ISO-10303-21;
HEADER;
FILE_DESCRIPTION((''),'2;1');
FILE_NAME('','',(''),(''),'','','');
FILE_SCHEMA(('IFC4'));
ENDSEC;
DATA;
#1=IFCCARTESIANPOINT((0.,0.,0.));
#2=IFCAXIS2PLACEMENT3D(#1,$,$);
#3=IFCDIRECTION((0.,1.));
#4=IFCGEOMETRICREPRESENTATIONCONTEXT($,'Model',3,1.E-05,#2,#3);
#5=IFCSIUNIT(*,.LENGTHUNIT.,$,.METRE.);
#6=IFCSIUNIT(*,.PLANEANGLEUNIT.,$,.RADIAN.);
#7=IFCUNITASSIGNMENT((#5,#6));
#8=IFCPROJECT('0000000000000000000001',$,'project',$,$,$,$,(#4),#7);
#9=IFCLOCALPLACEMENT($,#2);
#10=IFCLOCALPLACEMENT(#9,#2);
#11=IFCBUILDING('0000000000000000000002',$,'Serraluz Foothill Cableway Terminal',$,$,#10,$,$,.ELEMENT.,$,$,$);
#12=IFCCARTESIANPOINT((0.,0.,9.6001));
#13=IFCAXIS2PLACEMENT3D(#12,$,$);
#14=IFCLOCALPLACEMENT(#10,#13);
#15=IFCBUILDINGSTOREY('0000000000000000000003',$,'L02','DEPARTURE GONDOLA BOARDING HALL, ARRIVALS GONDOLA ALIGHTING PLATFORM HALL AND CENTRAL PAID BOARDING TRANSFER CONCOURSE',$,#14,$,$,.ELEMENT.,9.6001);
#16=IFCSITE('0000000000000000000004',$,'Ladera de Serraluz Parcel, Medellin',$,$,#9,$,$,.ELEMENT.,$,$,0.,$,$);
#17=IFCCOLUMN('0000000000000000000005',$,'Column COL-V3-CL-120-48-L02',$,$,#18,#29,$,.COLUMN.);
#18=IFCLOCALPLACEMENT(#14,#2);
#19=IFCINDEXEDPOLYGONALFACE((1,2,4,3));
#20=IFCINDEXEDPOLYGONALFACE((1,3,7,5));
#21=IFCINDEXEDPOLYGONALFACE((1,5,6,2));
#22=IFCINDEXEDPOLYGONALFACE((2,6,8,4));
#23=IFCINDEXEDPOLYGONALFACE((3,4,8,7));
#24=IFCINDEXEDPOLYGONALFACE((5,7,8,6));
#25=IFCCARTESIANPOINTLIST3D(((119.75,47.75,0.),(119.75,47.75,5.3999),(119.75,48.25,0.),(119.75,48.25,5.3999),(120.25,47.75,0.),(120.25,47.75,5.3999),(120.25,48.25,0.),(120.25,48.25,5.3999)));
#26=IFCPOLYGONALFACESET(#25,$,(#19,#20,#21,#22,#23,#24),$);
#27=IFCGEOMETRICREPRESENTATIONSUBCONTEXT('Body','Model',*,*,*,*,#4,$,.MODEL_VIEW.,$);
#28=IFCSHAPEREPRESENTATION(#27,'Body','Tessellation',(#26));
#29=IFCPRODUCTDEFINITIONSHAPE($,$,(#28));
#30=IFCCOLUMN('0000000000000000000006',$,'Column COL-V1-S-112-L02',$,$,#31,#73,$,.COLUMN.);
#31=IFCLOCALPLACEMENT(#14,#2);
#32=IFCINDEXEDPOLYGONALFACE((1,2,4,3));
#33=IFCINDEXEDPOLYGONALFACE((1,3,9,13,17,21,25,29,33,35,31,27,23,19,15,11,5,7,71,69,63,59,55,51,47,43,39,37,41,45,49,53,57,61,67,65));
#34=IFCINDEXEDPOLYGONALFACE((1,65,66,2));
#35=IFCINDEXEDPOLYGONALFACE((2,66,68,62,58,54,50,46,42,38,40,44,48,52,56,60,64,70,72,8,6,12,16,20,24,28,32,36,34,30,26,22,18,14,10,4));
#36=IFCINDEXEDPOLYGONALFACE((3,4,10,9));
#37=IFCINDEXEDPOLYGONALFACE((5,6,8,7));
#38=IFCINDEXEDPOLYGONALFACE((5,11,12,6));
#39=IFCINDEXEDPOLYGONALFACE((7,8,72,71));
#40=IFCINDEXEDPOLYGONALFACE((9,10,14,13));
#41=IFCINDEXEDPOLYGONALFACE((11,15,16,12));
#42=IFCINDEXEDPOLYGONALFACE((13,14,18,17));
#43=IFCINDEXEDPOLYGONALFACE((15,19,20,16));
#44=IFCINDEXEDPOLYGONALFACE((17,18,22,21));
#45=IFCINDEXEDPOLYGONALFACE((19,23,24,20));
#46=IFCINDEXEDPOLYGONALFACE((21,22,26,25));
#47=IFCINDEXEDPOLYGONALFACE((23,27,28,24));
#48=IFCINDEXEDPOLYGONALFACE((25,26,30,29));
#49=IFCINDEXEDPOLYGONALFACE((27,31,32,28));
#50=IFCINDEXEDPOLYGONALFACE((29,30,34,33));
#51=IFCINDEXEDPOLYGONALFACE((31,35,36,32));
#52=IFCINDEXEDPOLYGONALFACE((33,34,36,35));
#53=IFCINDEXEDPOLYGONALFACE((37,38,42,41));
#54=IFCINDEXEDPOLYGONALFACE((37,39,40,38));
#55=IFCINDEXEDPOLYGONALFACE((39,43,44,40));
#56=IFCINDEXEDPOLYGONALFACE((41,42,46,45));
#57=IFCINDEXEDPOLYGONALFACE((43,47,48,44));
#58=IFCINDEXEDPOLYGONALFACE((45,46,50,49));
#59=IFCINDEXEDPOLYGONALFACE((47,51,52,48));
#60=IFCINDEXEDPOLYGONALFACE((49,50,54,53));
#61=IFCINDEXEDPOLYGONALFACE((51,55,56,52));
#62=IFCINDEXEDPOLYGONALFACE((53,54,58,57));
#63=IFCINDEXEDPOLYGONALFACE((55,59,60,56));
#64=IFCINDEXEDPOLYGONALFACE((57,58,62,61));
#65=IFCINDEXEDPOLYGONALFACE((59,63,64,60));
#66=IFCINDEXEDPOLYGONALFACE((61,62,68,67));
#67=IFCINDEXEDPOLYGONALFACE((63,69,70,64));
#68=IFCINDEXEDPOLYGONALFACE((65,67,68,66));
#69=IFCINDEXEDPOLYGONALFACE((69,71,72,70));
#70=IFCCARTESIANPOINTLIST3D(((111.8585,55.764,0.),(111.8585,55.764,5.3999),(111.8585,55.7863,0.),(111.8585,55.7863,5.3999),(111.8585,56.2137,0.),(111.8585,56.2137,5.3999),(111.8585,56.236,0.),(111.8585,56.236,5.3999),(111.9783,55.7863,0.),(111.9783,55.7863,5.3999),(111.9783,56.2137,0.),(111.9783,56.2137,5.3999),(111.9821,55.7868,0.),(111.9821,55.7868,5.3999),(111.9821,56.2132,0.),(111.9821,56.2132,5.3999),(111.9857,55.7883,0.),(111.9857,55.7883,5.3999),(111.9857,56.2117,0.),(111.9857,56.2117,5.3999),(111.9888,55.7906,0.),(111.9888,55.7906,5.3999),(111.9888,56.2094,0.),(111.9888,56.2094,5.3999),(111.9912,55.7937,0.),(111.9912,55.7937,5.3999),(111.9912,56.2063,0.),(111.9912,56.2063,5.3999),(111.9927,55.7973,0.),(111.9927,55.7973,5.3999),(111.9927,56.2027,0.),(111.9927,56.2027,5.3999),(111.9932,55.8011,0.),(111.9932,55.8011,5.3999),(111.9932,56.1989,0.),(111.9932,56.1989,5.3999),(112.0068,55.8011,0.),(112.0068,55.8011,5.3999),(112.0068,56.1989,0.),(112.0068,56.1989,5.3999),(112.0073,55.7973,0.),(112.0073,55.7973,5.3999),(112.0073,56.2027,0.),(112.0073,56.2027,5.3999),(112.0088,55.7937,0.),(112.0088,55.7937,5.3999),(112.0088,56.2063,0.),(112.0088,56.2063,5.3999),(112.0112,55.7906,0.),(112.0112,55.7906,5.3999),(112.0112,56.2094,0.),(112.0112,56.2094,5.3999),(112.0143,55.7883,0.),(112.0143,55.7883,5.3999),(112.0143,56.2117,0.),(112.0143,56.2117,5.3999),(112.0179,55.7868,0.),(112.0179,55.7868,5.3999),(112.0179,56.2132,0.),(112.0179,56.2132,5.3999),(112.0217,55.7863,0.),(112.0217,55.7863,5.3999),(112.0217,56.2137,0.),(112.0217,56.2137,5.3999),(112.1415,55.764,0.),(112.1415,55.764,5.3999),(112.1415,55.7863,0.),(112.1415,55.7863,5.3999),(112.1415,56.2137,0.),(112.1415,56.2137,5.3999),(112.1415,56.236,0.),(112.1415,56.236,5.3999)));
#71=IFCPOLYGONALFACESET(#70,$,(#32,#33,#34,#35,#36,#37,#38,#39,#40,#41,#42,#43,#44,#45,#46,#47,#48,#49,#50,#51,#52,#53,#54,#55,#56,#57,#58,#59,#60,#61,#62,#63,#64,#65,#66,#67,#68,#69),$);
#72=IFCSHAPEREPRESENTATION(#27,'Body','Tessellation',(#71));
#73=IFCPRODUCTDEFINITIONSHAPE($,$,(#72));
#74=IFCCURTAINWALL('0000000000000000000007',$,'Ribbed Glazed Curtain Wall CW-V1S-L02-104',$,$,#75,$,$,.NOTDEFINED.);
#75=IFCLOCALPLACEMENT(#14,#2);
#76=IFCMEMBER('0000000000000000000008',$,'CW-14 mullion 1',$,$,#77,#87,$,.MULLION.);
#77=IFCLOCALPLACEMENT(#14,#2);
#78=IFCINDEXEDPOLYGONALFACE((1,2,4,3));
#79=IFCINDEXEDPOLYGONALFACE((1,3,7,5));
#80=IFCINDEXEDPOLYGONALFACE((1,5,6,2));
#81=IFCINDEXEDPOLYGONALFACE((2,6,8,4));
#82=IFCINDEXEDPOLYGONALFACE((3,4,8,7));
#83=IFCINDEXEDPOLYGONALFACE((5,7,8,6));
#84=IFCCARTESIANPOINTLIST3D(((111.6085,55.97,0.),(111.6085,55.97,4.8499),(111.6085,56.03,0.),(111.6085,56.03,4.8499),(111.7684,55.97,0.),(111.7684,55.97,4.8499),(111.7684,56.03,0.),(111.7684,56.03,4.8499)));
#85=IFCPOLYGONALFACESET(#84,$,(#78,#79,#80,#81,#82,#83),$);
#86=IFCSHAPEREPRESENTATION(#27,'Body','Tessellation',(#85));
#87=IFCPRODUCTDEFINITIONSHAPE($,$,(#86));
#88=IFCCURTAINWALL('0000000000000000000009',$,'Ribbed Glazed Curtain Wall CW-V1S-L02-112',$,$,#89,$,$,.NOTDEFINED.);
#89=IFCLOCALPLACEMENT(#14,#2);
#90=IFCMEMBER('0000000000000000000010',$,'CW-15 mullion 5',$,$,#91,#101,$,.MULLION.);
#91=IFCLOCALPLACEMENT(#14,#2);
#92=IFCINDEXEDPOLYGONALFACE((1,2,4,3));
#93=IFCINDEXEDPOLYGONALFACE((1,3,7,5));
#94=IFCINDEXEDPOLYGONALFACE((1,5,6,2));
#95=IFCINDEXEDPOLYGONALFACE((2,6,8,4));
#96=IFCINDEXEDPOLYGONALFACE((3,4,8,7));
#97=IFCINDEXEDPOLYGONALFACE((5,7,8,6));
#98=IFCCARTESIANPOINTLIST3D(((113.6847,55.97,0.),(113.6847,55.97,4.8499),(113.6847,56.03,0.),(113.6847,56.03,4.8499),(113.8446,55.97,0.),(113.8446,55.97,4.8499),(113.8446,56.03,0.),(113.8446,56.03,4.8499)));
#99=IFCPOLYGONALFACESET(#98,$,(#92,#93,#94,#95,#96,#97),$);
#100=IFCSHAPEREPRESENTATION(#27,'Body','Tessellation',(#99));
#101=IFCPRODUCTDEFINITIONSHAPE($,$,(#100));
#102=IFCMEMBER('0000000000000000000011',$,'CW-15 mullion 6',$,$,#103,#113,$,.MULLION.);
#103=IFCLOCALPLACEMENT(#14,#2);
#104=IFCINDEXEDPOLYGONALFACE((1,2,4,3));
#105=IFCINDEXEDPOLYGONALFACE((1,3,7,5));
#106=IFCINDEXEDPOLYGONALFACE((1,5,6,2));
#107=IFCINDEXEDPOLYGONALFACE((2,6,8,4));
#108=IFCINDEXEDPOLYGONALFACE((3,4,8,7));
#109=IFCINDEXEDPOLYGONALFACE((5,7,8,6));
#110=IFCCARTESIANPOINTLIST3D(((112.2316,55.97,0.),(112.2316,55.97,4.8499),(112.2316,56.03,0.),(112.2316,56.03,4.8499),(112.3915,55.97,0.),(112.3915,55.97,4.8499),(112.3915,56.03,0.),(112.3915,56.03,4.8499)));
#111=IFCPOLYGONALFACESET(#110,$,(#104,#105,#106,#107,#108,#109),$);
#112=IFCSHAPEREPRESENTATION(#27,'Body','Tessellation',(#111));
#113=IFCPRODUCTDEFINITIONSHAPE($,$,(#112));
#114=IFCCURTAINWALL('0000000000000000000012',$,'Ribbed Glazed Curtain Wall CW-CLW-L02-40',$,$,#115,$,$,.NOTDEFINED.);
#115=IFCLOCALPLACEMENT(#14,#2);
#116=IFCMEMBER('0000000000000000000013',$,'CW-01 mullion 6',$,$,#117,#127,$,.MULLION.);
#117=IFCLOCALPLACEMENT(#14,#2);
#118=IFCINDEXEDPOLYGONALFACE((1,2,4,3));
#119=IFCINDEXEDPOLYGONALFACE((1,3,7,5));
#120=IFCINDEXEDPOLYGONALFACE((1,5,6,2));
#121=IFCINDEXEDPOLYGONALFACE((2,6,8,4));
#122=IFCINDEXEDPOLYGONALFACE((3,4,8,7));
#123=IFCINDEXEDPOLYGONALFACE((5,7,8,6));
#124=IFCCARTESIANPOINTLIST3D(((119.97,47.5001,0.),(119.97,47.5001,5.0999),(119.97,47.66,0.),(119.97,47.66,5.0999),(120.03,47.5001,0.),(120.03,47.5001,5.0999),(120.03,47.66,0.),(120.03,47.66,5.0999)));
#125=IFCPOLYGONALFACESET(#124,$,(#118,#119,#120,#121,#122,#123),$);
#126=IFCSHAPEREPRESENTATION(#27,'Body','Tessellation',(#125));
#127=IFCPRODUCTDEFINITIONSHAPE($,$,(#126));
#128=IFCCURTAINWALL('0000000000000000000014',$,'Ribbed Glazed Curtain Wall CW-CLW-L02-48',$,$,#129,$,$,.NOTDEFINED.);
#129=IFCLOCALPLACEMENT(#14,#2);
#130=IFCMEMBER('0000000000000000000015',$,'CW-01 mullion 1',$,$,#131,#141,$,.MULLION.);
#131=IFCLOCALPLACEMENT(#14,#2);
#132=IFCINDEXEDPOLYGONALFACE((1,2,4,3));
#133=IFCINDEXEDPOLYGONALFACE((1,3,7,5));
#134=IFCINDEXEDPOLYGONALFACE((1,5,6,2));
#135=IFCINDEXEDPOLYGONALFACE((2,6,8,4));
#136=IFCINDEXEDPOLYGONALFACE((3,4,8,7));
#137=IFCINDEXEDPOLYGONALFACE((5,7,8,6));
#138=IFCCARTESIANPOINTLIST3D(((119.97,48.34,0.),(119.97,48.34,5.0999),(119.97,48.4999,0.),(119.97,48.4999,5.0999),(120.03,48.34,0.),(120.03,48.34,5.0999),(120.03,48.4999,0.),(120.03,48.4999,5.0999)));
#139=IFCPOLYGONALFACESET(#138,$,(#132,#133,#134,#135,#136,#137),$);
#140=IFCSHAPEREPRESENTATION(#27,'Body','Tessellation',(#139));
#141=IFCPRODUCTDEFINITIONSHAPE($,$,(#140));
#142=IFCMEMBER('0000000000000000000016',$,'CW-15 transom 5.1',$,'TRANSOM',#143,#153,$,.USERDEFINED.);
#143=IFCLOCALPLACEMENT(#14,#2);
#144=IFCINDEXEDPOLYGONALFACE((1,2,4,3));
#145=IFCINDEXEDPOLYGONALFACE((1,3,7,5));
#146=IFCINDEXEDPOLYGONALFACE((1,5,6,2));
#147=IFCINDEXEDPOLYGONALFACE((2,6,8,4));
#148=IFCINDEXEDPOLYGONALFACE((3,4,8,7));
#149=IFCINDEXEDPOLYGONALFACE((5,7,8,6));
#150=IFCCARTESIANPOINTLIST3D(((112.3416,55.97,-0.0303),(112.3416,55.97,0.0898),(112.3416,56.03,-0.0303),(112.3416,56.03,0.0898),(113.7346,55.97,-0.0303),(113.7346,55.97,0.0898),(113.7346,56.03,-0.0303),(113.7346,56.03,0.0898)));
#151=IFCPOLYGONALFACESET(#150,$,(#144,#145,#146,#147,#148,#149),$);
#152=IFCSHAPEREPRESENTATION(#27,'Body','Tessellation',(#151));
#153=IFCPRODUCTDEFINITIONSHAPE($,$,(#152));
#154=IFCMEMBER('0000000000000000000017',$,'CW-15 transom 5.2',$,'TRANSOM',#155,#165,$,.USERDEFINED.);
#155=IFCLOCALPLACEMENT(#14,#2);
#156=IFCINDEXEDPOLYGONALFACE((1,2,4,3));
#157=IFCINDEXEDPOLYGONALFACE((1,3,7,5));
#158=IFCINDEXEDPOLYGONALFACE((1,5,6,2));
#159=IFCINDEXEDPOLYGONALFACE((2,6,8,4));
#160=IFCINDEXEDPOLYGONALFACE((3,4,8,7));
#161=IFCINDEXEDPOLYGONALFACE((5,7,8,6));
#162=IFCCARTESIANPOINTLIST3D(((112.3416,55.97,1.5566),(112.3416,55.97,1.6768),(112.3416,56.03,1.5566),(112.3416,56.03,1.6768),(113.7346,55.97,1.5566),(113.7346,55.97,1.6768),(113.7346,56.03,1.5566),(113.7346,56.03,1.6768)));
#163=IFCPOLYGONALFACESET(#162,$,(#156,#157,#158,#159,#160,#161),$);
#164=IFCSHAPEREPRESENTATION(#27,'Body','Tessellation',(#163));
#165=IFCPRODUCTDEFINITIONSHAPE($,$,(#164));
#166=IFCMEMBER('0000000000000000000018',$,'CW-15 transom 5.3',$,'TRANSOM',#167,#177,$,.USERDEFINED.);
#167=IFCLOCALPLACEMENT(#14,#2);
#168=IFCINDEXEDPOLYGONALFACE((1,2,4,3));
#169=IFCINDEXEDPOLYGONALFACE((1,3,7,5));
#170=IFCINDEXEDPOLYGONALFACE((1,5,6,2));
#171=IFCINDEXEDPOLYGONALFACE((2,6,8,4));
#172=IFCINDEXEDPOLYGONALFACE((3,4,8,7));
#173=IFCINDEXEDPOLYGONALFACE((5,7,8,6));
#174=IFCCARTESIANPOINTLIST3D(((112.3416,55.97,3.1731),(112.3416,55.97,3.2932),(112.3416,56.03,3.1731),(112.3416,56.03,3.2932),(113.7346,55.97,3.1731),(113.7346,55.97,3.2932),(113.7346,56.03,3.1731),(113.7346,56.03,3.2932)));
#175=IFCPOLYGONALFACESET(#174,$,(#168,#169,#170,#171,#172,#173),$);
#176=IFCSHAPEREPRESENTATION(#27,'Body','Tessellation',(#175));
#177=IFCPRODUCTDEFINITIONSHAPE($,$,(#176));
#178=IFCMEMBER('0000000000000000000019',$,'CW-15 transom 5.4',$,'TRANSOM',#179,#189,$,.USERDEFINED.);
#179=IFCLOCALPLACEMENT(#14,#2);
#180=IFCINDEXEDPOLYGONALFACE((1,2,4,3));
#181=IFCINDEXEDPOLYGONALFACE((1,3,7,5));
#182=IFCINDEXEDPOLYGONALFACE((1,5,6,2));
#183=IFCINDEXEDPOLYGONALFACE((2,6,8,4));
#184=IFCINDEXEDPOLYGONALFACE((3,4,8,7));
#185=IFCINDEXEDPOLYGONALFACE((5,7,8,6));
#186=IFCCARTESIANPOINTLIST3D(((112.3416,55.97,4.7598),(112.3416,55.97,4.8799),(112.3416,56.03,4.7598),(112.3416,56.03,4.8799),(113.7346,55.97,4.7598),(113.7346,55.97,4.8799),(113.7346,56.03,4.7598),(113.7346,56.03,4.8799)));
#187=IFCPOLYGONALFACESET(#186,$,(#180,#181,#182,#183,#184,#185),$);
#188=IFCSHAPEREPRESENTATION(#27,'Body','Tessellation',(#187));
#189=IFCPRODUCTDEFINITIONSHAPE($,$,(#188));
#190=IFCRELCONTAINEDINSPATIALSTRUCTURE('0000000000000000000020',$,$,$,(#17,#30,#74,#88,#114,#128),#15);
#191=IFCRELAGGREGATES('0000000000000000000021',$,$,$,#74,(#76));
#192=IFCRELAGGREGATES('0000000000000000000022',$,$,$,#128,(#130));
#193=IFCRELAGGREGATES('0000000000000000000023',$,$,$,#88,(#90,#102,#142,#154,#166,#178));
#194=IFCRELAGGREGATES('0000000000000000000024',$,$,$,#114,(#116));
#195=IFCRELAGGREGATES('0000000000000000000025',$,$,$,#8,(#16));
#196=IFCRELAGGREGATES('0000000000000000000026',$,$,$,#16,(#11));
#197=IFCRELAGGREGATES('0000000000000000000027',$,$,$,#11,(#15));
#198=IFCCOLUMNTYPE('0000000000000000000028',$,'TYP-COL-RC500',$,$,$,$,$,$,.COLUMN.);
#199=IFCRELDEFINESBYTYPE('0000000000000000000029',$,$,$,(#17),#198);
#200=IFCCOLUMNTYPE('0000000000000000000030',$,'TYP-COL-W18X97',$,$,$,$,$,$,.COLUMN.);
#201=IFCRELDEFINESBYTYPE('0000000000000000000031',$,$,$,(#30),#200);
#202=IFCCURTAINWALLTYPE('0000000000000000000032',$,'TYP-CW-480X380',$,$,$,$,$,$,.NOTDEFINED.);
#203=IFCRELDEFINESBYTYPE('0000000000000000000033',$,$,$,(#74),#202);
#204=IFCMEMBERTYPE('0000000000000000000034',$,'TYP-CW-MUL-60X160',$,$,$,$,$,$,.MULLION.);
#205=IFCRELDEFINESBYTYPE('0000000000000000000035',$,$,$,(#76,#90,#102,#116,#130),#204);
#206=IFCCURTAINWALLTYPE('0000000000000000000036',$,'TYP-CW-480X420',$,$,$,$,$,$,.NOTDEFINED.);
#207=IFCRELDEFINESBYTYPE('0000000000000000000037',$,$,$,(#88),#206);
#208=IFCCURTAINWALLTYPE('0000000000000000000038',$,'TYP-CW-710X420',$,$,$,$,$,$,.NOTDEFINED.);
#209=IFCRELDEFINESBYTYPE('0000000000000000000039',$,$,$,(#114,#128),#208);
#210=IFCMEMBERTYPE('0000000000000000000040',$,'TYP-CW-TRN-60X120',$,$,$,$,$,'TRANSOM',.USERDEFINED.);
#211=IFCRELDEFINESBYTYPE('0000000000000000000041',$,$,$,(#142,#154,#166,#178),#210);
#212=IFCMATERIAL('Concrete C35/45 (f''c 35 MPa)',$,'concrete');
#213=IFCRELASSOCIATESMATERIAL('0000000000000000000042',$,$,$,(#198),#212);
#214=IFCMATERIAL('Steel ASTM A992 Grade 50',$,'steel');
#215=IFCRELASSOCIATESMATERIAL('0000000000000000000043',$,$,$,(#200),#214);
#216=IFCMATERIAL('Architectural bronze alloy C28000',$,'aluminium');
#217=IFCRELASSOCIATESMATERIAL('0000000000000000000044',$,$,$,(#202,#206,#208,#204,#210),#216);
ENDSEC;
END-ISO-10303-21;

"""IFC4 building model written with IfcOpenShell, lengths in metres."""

from ifc_helpers import new_model, si_unit, direction, frame, origin, origin_2d, place, context, subcontext, project, spatial, rectangle, i_section, extrude, material, material_profile, profile_set, type_object, element, aggregate, save


model = new_model("IFC4")

# Units and contexts
model_context = context("Model", 3, precision=1e-05, world=origin(), true_north=direction((0.0, 1.0)))
body_context = subcontext(model_context, "Body", "Model", "MODEL_VIEW")
ifc_project = project(units=[si_unit("LENGTHUNIT", "METRE"), si_unit("PLANEANGLEUNIT", "RADIAN")], contexts=[model_context])

# Site, building, storey
site_placement = place(None, origin())
site = spatial("IfcSite", under=ifc_project, at=site_placement, Name="Ladera de Serraluz Parcel, Medellin", CompositionType="ELEMENT", RefElevation=0.0)
building_placement = place(site_placement, origin())
building = spatial("IfcBuilding", under=site, at=building_placement, Name="Serraluz Foothill Cableway Terminal", CompositionType="ELEMENT")
storey_placement = place(building_placement, frame((0.0, 0.0, 9.6001)))
storey = spatial("IfcBuildingStorey", under=building, at=storey_placement, Name="L02", Description="DEPARTURE GONDOLA BOARDING HALL, ARRIVALS GONDOLA ALIGHTING PLATFORM HALL AND CENTRAL PAID BOARDING TRANSFER CONCOURSE", CompositionType="ELEMENT", Elevation=9.6001)

# Columns
ifc_material_1 = material(Name="Concrete C35/45 (f'c 35 MPa)", Category="concrete")
ifc_material_profile_1 = material_profile(ifc_material_1, rectangle(XDim=0.5, YDim=0.5, at=origin_2d()), Name="RC 500x500")
ifc_profile_set_1 = profile_set([ifc_material_profile_1], Name="Concrete C35/45 (f'c 35 MPa)")
column_type_1 = type_object("IfcColumnType", Name="TYP-COL-RC500", PredefinedType="COLUMN", material=ifc_profile_set_1)
column_1_placement = place(storey_placement, frame((120.0, 48.0, 0.0), z_axis=(0.0, 0.0, 1.0), x_axis=(1.0, 0.0, 0.0)))
element("IfcColumn", 1, at=column_1_placement, inside=storey, type_object=column_type_1, Name="Column COL-V3-CL-120-48-L02", PredefinedType="COLUMN", context=body_context, shape_type="SweptSolid", body=[
    extrude(rectangle(XDim=0.5, YDim=0.5, at=origin_2d()), origin(), (0.0, 0.0, 1.0), 5.3999),
])
ifc_material_2 = material(Name="Steel ASTM A992 Grade 50", Category="steel")
ifc_material_profile_2 = material_profile(ifc_material_2, i_section(OverallWidth=0.283, OverallDepth=0.4719, WebThickness=0.0137, FlangeThickness=0.0222, FilletRadius=0.0149, at=origin_2d()), Name="W18X97")
ifc_profile_set_2 = profile_set([ifc_material_profile_2], Name="Steel ASTM A992 Grade 50")
column_type_2 = type_object("IfcColumnType", Name="TYP-COL-W18X97", PredefinedType="COLUMN", material=ifc_profile_set_2)
column_2_placement = place(storey_placement, frame((112.0, 56.0, 0.0), z_axis=(0.0, 0.0, 1.0), x_axis=(1.0, 0.0, 0.0)))
element("IfcColumn", 2, at=column_2_placement, inside=storey, type_object=column_type_2, Name="Column COL-V1-S-112-L02", PredefinedType="COLUMN", context=body_context, shape_type="SweptSolid", body=[
    extrude(i_section(OverallWidth=0.283, OverallDepth=0.4719, WebThickness=0.0137, FlangeThickness=0.0222, FilletRadius=0.0149, at=origin_2d()), origin(), (0.0, 0.0, 1.0), 5.3999),
])

# Curtain wall, member
ifc_material_3 = material(Name="Architectural bronze alloy C28000", Category="aluminium")
curtain_wall_type_1 = type_object("IfcCurtainWallType", Name="TYP-CW-480X380", PredefinedType="NOTDEFINED", material=ifc_material_3)
curtain_wall_1_placement = place(storey_placement, origin())
curtain_wall_1 = element("IfcCurtainWall", 3, at=curtain_wall_1_placement, inside=storey, type_object=curtain_wall_type_1, Name="Ribbed Glazed Curtain Wall CW-V1S-L02-104", PredefinedType="NOTDEFINED")
ifc_material_profile_3 = material_profile(ifc_material_3, rectangle(XDim=0.0601, YDim=0.1599, at=origin_2d()), Name="ALU MULLION 60x160")
ifc_profile_set_3 = profile_set([ifc_material_profile_3], Name="Architectural bronze alloy C28000")
member_type_1 = type_object("IfcMemberType", Name="TYP-CW-MUL-60X160", PredefinedType="MULLION", material=ifc_profile_set_3)
member_1_placement = place(storey_placement, frame((111.6885, 56.0, 0.0), z_axis=(0.0, 0.0, 1.0), x_axis=(0.0, -1.0, 0.0)))
member_1 = element("IfcMember", 4, at=member_1_placement, type_object=member_type_1, Name="CW-14 mullion 1", PredefinedType="MULLION", context=body_context, shape_type="SweptSolid", body=[
    extrude(rectangle(XDim=0.0601, YDim=0.1599, at=origin_2d()), origin(), (0.0, 0.0, 1.0), 4.8499),
])
aggregate(curtain_wall_1, [member_1])

# Curtain wall, members
curtain_wall_type_2 = type_object("IfcCurtainWallType", Name="TYP-CW-480X420", PredefinedType="NOTDEFINED", material=ifc_material_3)
curtain_wall_2_placement = place(storey_placement, origin())
curtain_wall_2 = element("IfcCurtainWall", 5, at=curtain_wall_2_placement, inside=storey, type_object=curtain_wall_type_2, Name="Ribbed Glazed Curtain Wall CW-V1S-L02-112", PredefinedType="NOTDEFINED")
member_2_placement = place(storey_placement, frame((113.7646, 56.0, 0.0), z_axis=(0.0, 0.0, 1.0), x_axis=(0.0, -1.0, 0.0)))
member_2 = element("IfcMember", 6, at=member_2_placement, type_object=member_type_1, Name="CW-15 mullion 5", PredefinedType="MULLION", context=body_context, shape_type="SweptSolid", body=[
    extrude(rectangle(XDim=0.0601, YDim=0.1599, at=origin_2d()), origin(), (0.0, 0.0, 1.0), 4.8499),
])
member_3_placement = place(storey_placement, frame((112.3115, 56.0, 0.0), z_axis=(0.0, 0.0, 1.0), x_axis=(0.0, -1.0, 0.0)))
member_3 = element("IfcMember", 7, at=member_3_placement, type_object=member_type_1, Name="CW-15 mullion 6", PredefinedType="MULLION", context=body_context, shape_type="SweptSolid", body=[
    extrude(rectangle(XDim=0.0601, YDim=0.1599, at=origin_2d()), origin(), (0.0, 0.0, 1.0), 4.8499),
])

# Curtain walls, members
curtain_wall_type_3 = type_object("IfcCurtainWallType", Name="TYP-CW-710X420", PredefinedType="NOTDEFINED", material=ifc_material_3)
curtain_wall_3_placement = place(storey_placement, origin())
curtain_wall_3 = element("IfcCurtainWall", 8, at=curtain_wall_3_placement, inside=storey, type_object=curtain_wall_type_3, Name="Ribbed Glazed Curtain Wall CW-CLW-L02-40", PredefinedType="NOTDEFINED")
member_4_placement = place(storey_placement, frame((120.0, 47.5801, 0.0), z_axis=(0.0, 0.0, 1.0), x_axis=(-1.0, 0.0, 0.0)))
member_4 = element("IfcMember", 9, at=member_4_placement, type_object=member_type_1, Name="CW-01 mullion 6", PredefinedType="MULLION", context=body_context, shape_type="SweptSolid", body=[
    extrude(rectangle(XDim=0.0601, YDim=0.1599, at=origin_2d()), origin(), (0.0, 0.0, 1.0), 5.0999),
])
curtain_wall_4_placement = place(storey_placement, origin())
curtain_wall_4 = element("IfcCurtainWall", 10, at=curtain_wall_4_placement, inside=storey, type_object=curtain_wall_type_3, Name="Ribbed Glazed Curtain Wall CW-CLW-L02-48", PredefinedType="NOTDEFINED")
member_5_placement = place(storey_placement, frame((120.0, 48.4199, 0.0), z_axis=(0.0, 0.0, 1.0), x_axis=(-1.0, 0.0, 0.0)))
member_5 = element("IfcMember", 11, at=member_5_placement, type_object=member_type_1, Name="CW-01 mullion 1", PredefinedType="MULLION", context=body_context, shape_type="SweptSolid", body=[
    extrude(rectangle(XDim=0.0601, YDim=0.1599, at=origin_2d()), origin(), (0.0, 0.0, 1.0), 5.0999),
])

# Members
ifc_material_profile_4 = material_profile(ifc_material_3, rectangle(XDim=0.0601, YDim=0.1201, at=origin_2d()), Name="ALU TRANSOM 60x120")
ifc_profile_set_4 = profile_set([ifc_material_profile_4], Name="Architectural bronze alloy C28000")
member_type_2 = type_object("IfcMemberType", Name="TYP-CW-TRN-60X120", ElementType="TRANSOM", PredefinedType="USERDEFINED", material=ifc_profile_set_4)
member_6_placement = place(storey_placement, frame((113.7346, 56.0, 0.0298), z_axis=(-1.0, 0.0, 0.0), x_axis=(0.0, -1.0, 0.0)))
member_6 = element("IfcMember", 12, at=member_6_placement, type_object=member_type_2, Name="CW-15 transom 5.1", ObjectType="TRANSOM", PredefinedType="USERDEFINED", context=body_context, shape_type="SweptSolid", body=[
    extrude(rectangle(XDim=0.0601, YDim=0.1201, at=origin_2d()), origin(), (0.0, 0.0, 1.0), 1.3931),
])
member_7_placement = place(storey_placement, frame((113.7346, 56.0, 1.6167), z_axis=(-1.0, 0.0, 0.0), x_axis=(0.0, -1.0, 0.0)))
member_7 = element("IfcMember", 13, at=member_7_placement, type_object=member_type_2, Name="CW-15 transom 5.2", ObjectType="TRANSOM", PredefinedType="USERDEFINED", context=body_context, shape_type="SweptSolid", body=[
    extrude(rectangle(XDim=0.0601, YDim=0.1201, at=origin_2d()), origin(), (0.0, 0.0, 1.0), 1.3931),
])
member_8_placement = place(storey_placement, frame((113.7346, 56.0, 3.2332), z_axis=(-1.0, 0.0, 0.0), x_axis=(0.0, -1.0, 0.0)))
member_8 = element("IfcMember", 14, at=member_8_placement, type_object=member_type_2, Name="CW-15 transom 5.3", ObjectType="TRANSOM", PredefinedType="USERDEFINED", context=body_context, shape_type="SweptSolid", body=[
    extrude(rectangle(XDim=0.0601, YDim=0.1201, at=origin_2d()), origin(), (0.0, 0.0, 1.0), 1.3931),
])
member_9_placement = place(storey_placement, frame((113.7346, 56.0, 4.8198), z_axis=(-1.0, 0.0, 0.0), x_axis=(0.0, -1.0, 0.0)))
member_9 = element("IfcMember", 15, at=member_9_placement, type_object=member_type_2, Name="CW-15 transom 5.4", ObjectType="TRANSOM", PredefinedType="USERDEFINED", context=body_context, shape_type="SweptSolid", body=[
    extrude(rectangle(XDim=0.0601, YDim=0.1201, at=origin_2d()), origin(), (0.0, 0.0, 1.0), 1.3931),
])
aggregate(curtain_wall_4, [member_5])

aggregate(curtain_wall_2, [member_2, member_3, member_6, member_7, member_8, member_9])
aggregate(curtain_wall_3, [member_4])

save(model, "model.ifc")
